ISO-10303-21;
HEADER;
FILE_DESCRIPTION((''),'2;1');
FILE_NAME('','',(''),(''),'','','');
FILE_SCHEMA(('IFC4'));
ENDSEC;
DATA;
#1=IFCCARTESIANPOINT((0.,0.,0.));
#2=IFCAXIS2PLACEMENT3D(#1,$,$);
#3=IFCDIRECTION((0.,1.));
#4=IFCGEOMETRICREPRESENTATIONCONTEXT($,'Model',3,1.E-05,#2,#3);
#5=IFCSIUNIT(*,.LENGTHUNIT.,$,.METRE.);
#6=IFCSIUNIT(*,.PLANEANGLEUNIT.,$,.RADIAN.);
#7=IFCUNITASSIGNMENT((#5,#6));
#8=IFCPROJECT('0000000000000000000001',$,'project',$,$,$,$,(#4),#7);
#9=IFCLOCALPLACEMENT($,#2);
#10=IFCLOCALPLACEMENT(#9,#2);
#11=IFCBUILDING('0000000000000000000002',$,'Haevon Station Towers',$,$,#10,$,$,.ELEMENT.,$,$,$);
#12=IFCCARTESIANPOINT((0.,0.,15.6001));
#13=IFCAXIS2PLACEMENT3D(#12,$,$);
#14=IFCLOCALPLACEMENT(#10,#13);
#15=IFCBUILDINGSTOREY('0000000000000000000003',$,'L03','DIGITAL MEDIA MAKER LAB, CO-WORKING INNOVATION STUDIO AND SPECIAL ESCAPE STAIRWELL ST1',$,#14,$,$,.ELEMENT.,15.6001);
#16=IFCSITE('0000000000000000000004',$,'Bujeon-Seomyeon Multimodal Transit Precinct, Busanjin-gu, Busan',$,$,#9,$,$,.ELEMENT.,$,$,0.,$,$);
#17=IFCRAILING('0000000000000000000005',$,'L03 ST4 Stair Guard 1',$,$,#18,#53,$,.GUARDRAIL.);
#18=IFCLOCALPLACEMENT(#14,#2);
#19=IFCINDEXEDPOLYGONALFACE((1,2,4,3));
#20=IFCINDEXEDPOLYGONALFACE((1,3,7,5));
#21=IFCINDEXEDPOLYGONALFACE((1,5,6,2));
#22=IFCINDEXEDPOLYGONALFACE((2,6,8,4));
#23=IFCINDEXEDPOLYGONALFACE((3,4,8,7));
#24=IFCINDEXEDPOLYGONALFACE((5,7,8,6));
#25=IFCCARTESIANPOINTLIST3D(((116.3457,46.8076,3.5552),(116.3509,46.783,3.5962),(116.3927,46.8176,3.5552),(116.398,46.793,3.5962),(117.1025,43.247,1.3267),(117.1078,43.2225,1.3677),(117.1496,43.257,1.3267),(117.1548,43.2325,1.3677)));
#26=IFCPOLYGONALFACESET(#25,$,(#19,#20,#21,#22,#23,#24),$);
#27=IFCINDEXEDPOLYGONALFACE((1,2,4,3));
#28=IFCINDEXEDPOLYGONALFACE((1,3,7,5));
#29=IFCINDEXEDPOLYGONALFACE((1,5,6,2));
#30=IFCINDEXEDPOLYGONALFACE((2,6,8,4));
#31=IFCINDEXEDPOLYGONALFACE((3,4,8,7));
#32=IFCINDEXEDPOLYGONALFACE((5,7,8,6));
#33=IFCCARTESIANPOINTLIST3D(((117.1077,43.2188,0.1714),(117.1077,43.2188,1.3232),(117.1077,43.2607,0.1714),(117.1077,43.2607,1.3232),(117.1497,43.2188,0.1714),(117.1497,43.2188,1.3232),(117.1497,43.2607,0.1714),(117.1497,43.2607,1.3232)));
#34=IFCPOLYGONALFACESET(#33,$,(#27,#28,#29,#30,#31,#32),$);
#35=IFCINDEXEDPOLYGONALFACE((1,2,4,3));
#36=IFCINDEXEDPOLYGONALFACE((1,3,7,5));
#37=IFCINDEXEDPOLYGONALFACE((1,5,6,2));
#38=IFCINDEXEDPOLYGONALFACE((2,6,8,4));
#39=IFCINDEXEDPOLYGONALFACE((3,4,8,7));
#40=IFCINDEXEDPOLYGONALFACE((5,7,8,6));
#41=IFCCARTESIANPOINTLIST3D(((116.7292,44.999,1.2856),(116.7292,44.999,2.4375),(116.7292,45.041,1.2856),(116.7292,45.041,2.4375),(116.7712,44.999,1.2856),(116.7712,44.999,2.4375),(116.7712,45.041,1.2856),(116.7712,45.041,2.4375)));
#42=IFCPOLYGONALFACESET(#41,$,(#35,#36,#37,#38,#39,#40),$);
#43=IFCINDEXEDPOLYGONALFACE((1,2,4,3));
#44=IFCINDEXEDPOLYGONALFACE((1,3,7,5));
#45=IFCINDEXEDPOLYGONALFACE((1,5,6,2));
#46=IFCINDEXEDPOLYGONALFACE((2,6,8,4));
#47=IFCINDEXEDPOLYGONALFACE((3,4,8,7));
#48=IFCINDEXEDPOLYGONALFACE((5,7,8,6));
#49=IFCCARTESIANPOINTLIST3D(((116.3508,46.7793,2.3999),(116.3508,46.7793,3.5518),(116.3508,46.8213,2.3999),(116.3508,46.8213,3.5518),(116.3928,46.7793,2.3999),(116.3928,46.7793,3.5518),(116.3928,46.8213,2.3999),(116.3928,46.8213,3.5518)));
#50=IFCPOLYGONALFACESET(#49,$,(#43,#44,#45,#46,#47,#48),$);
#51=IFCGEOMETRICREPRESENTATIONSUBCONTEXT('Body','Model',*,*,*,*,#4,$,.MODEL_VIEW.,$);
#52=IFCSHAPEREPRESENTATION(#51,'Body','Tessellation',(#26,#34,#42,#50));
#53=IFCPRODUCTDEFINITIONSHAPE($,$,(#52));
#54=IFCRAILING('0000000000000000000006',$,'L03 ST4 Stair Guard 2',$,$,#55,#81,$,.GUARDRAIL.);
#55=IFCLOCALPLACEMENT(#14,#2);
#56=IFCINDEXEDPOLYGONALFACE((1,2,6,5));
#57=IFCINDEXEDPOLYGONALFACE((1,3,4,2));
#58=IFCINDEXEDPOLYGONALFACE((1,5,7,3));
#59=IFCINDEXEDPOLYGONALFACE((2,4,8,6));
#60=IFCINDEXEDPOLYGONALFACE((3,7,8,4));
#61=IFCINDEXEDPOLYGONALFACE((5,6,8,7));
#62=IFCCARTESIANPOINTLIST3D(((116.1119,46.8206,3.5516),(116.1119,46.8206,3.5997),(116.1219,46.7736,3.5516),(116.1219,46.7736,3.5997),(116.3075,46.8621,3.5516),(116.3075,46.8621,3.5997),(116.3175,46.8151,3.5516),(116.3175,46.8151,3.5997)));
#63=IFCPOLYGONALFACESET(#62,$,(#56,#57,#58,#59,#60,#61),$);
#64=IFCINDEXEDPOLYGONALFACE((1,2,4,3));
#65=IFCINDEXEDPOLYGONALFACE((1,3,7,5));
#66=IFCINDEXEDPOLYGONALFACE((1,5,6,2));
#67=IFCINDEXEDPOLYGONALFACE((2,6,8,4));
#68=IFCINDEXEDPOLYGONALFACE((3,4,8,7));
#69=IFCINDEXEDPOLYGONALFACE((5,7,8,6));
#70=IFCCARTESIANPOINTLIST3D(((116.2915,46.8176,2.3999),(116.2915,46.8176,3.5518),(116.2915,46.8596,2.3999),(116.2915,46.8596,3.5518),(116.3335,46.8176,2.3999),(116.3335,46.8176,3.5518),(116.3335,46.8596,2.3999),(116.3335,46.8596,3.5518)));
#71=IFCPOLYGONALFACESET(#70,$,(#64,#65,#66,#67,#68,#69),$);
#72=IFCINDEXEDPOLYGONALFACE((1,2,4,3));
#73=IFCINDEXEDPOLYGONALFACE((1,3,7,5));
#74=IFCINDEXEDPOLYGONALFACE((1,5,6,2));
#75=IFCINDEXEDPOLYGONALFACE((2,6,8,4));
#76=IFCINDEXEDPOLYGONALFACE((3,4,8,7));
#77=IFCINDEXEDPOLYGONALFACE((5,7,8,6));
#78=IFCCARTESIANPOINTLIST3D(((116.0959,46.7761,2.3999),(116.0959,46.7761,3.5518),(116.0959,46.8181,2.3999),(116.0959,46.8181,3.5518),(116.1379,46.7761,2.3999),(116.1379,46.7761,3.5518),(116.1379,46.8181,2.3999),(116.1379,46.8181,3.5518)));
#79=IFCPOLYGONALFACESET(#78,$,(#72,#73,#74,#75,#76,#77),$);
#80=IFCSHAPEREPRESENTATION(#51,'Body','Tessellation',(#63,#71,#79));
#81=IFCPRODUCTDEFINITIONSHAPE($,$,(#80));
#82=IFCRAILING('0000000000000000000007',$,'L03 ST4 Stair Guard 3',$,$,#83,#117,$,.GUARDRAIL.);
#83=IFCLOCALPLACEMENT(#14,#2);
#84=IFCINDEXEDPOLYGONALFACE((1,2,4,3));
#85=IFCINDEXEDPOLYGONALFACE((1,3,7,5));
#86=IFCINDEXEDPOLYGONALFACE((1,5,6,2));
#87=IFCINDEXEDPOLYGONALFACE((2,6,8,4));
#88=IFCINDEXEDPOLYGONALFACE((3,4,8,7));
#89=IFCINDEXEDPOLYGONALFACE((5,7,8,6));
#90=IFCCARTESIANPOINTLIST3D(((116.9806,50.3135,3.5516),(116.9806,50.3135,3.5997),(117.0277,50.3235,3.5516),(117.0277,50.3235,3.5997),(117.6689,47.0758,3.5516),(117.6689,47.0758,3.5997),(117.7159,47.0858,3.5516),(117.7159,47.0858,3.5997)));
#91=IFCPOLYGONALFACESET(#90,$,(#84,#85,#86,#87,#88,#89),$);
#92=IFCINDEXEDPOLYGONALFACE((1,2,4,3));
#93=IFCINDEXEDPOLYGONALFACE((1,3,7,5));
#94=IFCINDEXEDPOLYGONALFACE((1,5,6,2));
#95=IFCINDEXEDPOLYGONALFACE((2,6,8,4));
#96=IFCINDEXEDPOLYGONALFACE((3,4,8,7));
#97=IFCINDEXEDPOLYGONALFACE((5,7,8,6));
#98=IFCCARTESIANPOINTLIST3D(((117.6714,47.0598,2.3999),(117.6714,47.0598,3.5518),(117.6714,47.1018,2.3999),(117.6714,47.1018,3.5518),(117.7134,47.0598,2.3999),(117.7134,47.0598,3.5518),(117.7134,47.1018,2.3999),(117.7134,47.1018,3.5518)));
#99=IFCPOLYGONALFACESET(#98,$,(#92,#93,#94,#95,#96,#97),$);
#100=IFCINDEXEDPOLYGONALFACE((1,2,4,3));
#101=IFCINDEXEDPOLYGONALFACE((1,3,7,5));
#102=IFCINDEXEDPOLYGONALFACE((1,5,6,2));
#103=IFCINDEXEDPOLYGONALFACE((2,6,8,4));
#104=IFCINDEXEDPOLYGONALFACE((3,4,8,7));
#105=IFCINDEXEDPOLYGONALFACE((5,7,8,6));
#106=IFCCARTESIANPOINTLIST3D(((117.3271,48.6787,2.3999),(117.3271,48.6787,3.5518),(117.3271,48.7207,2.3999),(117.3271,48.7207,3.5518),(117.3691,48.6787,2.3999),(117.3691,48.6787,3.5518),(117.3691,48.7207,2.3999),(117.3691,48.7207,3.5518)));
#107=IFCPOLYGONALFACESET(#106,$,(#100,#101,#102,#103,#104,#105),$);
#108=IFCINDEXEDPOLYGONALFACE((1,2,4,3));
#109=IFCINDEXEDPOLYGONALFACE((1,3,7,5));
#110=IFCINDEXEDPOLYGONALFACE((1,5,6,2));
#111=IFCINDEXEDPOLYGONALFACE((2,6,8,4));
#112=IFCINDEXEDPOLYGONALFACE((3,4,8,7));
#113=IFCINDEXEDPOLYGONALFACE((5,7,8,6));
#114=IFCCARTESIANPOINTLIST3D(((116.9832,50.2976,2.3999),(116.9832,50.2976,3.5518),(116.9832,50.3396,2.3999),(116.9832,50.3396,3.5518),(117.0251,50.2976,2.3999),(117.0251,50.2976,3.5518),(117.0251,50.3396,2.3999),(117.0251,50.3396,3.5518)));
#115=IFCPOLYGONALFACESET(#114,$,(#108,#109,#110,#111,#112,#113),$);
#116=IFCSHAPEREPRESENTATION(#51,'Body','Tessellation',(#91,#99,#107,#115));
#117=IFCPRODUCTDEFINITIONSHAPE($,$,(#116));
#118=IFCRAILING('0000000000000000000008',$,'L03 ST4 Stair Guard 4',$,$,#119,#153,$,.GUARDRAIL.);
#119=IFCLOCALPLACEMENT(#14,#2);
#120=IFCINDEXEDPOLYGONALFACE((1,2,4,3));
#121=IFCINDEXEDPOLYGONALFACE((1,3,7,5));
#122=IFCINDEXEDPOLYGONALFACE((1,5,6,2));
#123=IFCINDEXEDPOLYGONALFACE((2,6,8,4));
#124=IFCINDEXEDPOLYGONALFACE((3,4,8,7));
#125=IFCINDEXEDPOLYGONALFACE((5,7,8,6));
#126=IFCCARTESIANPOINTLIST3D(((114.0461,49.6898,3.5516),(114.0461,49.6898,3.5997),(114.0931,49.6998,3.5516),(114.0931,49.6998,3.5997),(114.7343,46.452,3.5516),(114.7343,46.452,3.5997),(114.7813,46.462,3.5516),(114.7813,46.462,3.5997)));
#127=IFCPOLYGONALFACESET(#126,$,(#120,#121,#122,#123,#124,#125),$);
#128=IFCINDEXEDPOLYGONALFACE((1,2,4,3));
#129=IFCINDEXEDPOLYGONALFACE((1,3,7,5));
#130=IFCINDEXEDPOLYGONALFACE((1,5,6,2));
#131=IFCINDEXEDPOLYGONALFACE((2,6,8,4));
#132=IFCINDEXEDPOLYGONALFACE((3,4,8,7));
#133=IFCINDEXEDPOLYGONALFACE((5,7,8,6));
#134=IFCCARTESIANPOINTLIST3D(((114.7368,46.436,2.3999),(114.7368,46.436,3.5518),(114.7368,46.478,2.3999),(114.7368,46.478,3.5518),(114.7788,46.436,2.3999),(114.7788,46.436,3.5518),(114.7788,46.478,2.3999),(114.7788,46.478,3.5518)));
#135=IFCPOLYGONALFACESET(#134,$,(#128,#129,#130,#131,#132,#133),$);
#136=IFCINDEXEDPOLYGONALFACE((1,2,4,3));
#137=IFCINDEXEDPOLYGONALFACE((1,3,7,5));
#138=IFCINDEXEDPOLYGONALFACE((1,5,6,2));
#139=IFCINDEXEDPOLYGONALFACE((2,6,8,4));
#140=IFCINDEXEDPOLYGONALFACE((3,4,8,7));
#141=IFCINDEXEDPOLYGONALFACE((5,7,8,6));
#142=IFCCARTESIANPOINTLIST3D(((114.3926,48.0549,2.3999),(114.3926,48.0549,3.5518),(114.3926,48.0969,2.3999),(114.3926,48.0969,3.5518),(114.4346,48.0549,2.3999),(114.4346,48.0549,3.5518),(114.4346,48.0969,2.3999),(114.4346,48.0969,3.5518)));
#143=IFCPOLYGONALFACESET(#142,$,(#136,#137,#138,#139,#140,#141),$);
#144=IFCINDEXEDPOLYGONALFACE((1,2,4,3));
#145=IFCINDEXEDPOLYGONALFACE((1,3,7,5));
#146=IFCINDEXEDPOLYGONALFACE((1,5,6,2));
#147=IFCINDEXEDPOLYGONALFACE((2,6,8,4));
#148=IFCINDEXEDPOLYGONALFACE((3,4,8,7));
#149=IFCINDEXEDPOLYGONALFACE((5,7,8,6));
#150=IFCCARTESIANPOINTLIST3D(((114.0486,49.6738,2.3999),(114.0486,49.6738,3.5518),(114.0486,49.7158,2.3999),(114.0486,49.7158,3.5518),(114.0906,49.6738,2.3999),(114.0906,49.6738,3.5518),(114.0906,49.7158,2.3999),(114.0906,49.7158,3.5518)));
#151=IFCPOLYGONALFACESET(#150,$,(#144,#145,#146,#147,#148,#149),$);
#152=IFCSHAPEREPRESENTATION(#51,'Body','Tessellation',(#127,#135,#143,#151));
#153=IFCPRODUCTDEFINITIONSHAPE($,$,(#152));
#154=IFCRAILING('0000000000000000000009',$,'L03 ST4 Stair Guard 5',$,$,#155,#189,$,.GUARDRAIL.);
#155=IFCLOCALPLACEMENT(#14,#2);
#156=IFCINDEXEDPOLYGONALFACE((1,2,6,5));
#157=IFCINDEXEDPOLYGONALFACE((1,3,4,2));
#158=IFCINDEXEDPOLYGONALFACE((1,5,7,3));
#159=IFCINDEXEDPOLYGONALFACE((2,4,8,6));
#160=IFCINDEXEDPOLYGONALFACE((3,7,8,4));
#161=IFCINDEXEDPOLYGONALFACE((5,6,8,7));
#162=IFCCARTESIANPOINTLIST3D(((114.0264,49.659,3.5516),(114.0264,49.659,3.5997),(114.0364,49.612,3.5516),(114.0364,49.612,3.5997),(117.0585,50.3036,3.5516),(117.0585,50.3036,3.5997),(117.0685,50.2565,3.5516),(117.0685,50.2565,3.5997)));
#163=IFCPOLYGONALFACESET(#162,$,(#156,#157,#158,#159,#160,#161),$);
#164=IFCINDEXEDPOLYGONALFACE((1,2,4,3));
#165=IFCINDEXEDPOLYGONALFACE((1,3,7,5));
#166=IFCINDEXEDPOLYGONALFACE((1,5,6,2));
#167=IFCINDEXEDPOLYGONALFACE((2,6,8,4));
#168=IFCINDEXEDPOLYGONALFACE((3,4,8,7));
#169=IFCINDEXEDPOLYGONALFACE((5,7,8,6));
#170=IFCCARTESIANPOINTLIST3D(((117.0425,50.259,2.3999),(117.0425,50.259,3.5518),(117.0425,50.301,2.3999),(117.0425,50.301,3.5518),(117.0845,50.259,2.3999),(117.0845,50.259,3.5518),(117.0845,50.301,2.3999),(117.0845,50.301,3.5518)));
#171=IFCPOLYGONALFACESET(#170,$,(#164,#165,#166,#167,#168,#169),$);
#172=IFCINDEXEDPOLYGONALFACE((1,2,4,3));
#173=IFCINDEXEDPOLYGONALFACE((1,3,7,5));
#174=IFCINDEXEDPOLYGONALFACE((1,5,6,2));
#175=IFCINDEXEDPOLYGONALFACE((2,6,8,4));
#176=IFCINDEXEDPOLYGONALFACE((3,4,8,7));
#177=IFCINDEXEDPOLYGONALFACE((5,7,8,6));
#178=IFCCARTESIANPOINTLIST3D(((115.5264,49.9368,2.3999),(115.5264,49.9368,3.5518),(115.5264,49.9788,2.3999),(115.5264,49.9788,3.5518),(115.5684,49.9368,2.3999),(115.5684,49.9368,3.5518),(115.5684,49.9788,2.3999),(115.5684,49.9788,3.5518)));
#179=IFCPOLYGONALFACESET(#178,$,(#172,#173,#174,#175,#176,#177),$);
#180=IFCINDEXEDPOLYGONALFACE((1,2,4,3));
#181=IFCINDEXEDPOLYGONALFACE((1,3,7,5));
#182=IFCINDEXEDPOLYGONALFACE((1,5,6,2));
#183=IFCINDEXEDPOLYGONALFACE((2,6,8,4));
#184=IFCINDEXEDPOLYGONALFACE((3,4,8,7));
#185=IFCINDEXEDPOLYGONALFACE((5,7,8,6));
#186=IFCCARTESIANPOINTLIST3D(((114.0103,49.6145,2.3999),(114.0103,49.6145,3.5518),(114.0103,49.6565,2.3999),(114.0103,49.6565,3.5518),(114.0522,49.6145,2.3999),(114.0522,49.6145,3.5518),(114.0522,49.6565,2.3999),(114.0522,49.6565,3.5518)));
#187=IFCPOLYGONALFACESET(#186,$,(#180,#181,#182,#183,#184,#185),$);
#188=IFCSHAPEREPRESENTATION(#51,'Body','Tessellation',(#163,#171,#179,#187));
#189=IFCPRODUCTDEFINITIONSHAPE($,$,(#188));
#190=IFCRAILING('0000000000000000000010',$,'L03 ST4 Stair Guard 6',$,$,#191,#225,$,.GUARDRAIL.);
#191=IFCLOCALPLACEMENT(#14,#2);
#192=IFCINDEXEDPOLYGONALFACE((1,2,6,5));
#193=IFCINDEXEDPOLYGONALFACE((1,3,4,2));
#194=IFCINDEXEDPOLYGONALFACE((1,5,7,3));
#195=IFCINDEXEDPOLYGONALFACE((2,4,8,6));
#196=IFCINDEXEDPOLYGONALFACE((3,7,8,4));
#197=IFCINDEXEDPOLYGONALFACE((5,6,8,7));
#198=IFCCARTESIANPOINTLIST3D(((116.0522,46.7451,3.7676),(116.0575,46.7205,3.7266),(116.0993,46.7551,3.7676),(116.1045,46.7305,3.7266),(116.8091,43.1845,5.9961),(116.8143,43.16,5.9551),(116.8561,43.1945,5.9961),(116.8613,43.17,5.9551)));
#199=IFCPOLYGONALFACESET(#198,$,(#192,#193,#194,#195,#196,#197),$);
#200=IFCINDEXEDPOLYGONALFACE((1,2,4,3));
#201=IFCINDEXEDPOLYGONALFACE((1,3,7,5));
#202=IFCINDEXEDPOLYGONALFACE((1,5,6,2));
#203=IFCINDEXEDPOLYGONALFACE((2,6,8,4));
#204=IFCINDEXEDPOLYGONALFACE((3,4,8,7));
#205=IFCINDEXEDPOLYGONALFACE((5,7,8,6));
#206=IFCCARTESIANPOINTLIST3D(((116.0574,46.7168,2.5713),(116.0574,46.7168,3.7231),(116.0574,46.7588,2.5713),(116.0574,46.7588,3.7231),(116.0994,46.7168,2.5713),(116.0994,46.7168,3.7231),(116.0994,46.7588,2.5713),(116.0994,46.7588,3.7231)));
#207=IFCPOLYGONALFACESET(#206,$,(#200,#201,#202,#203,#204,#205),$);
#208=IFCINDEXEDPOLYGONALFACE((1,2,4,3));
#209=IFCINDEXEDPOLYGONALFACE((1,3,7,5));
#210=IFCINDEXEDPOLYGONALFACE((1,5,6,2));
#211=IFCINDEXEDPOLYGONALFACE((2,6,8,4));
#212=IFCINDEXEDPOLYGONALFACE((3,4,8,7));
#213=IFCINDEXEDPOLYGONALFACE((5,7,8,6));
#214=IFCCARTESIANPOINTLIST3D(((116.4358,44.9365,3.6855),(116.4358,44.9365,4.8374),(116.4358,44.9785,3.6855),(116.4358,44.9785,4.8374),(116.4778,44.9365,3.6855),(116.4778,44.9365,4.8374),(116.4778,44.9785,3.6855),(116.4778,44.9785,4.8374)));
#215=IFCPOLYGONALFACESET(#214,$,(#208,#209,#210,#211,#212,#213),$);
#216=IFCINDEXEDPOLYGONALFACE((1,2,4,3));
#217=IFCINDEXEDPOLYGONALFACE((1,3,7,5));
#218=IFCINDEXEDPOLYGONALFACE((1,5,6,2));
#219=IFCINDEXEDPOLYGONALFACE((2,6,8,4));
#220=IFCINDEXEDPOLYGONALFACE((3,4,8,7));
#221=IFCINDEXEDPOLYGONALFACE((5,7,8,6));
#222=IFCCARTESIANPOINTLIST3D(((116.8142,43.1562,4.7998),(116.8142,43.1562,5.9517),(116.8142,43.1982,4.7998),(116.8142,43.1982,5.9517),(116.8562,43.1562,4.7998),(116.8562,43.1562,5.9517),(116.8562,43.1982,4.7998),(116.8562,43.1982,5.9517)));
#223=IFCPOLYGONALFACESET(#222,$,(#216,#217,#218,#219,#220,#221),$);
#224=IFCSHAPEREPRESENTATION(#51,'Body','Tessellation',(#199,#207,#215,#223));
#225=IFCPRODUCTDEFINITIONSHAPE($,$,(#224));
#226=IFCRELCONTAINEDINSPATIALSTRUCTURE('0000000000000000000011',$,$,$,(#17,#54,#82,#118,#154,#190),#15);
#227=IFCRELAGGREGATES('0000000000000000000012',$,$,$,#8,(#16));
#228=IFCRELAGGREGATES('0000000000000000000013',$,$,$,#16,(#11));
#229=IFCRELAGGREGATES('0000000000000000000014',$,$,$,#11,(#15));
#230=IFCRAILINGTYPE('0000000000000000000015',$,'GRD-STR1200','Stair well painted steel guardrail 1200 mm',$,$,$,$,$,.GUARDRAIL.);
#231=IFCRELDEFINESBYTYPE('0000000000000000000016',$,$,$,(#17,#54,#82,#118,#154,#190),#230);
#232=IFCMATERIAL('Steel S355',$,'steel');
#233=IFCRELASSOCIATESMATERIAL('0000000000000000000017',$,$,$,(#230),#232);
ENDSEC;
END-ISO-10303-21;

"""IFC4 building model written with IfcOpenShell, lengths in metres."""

from ifc_helpers import new_model, si_unit, direction, frame, origin, origin_2d, place, context, subcontext, project, spatial, rectangle, extrude, material, type_object, element, save


model = new_model("IFC4")

# Units and contexts
model_context = context("Model", 3, precision=1e-05, world=origin(), true_north=direction((0.0, 1.0)))
body_context = subcontext(model_context, "Body", "Model", "MODEL_VIEW")
ifc_project = project(units=[si_unit("LENGTHUNIT", "METRE"), si_unit("PLANEANGLEUNIT", "RADIAN")], contexts=[model_context])

# Site, building, storey
site_placement = place(None, origin())
site = spatial("IfcSite", under=ifc_project, at=site_placement, Name="Bujeon-Seomyeon Multimodal Transit Precinct, Busanjin-gu, Busan", CompositionType="ELEMENT", RefElevation=0.0)
building_placement = place(site_placement, origin())
building = spatial("IfcBuilding", under=site, at=building_placement, Name="Haevon Station Towers", CompositionType="ELEMENT")
storey_placement = place(building_placement, frame((0.0, 0.0, 15.6001)))
storey = spatial("IfcBuildingStorey", under=building, at=storey_placement, Name="L03", Description="DIGITAL MEDIA MAKER LAB, CO-WORKING INNOVATION STUDIO AND SPECIAL ESCAPE STAIRWELL ST1", CompositionType="ELEMENT", Elevation=15.6001)

# Shared definitions
ifc_material_1 = material(Name="Steel S355", Category="steel")

# Railings
railing_type_1 = type_object("IfcRailingType", Name="GRD-STR1200", Description="Stair well painted steel guardrail 1200 mm", PredefinedType="GUARDRAIL", material=ifc_material_1)
railing_1_placement = place(storey_placement, frame((117.1287, 43.2397, 0.1714)))
element("IfcRailing", 1, at=railing_1_placement, inside=storey, type_object=railing_type_1, Name="L03 ST4 Stair Guard 1", PredefinedType="GUARDRAIL", context=body_context, shape_type="SweptSolid", body=[
    extrude(rectangle(XDim=0.0481, YDim=0.0481, at=origin_2d()), frame((0.0, 0.0, 1.1758), z_axis=(-0.177324, 0.834225, 0.522134), x_axis=(-0.978147, -0.207917, 0.0)), (0.0, 0.0, 1.0), 4.2681),
    extrude(rectangle(XDim=0.042, YDim=0.042, at=origin_2d()), origin(), (0.0, 0.0, 1.0), 1.1519),
    extrude(rectangle(XDim=0.042, YDim=0.042, at=origin_2d()), frame((-0.3784, 1.7803, 1.1143)), (0.0, 0.0, 1.0), 1.1519),
    extrude(rectangle(XDim=0.042, YDim=0.042, at=origin_2d()), frame((-0.7568, 3.5605, 2.2285)), (0.0, 0.0, 1.0), 1.1519),
])
railing_2_placement = place(storey_placement, frame((116.3125, 46.8386, 2.3999)))
element("IfcRailing", 2, at=railing_2_placement, inside=storey, type_object=railing_type_1, Name="L03 ST4 Stair Guard 2", PredefinedType="GUARDRAIL", context=body_context, shape_type="SweptSolid", body=[
    extrude(rectangle(XDim=0.0481, YDim=0.0481, at=origin_2d()), frame((0.0, 0.0, 1.1758), z_axis=(-0.978212, -0.20761, 0.0), x_axis=(0.20761, -0.978212, 0.0)), (0.0, 0.0, 1.0), 0.2),
    extrude(rectangle(XDim=0.042, YDim=0.042, at=origin_2d()), origin(), (0.0, 0.0, 1.0), 1.1519),
    extrude(rectangle(XDim=0.042, YDim=0.042, at=origin_2d()), frame((-0.1956, -0.0415, 0.0)), (0.0, 0.0, 1.0), 1.1519),
])
for number, where, name in (
    (3, (117.6924, 47.0808, 2.3999), "L03 ST4 Stair Guard 3"),
    (4, (114.7578, 46.457, 2.3999), "L03 ST4 Stair Guard 4"),
):
    element("IfcRailing", number, at=place(storey_placement, frame(where)), inside=storey, type_object=railing_type_1, Name=name, PredefinedType="GUARDRAIL", context=body_context, shape_type="SweptSolid", body=[
        extrude(rectangle(XDim=0.0481, YDim=0.0481, at=origin_2d()), frame((0.0, 0.0, 1.1758), z_axis=(-0.207917, 0.978146, 0.0), x_axis=(-0.978146, -0.207917, 0.0)), (0.0, 0.0, 1.0), 3.3101),
        extrude(rectangle(XDim=0.042, YDim=0.042, at=origin_2d()), origin(), (0.0, 0.0, 1.0), 1.1519),
        extrude(rectangle(XDim=0.042, YDim=0.042, at=origin_2d()), frame((-0.3442, 1.6189, 0.0)), (0.0, 0.0, 1.0), 1.1519),
        extrude(rectangle(XDim=0.042, YDim=0.042, at=origin_2d()), frame((-0.6882, 3.2378, 0.0)), (0.0, 0.0, 1.0), 1.1519),
    ])
railing_3_placement = place(storey_placement, frame((117.0635, 50.28, 2.3999)))
element("IfcRailing", 5, at=railing_3_placement, inside=storey, type_object=railing_type_1, Name="L03 ST4 Stair Guard 5", PredefinedType="GUARDRAIL", context=body_context, shape_type="SweptSolid", body=[
    extrude(rectangle(XDim=0.0481, YDim=0.0481, at=origin_2d()), frame((0.0, 0.0, 1.1758), z_axis=(-0.978147, -0.207915, 0.0), x_axis=(0.207915, -0.978147, 0.0)), (0.0, 0.0, 1.0), 3.0999),
    extrude(rectangle(XDim=0.042, YDim=0.042, at=origin_2d()), origin(), (0.0, 0.0, 1.0), 1.1519),
    extrude(rectangle(XDim=0.042, YDim=0.042, at=origin_2d()), frame((-1.5161, -0.3223, 0.0)), (0.0, 0.0, 1.0), 1.1519),
    extrude(rectangle(XDim=0.042, YDim=0.042, at=origin_2d()), frame((-3.0322, -0.6445, 0.0)), (0.0, 0.0, 1.0), 1.1519),
])
railing_4_placement = place(storey_placement, frame((116.0784, 46.7378, 2.5713)))
element("IfcRailing", 6, at=railing_4_placement, inside=storey, type_object=railing_type_1, Name="L03 ST4 Stair Guard 6", PredefinedType="GUARDRAIL", context=body_context, shape_type="SweptSolid", body=[
    extrude(rectangle(XDim=0.0481, YDim=0.0481, at=origin_2d()), frame((0.0, 0.0, 1.1758), z_axis=(0.177324, -0.834225, 0.522134), x_axis=(0.978147, 0.207917, 0.0)), (0.0, 0.0, 1.0), 4.2681),
    extrude(rectangle(XDim=0.042, YDim=0.042, at=origin_2d()), origin(), (0.0, 0.0, 1.0), 1.1519),
    extrude(rectangle(XDim=0.042, YDim=0.042, at=origin_2d()), frame((0.3784, -1.7803, 1.1143)), (0.0, 0.0, 1.0), 1.1519),
    extrude(rectangle(XDim=0.042, YDim=0.042, at=origin_2d()), frame((0.7568, -3.5605, 2.2285)), (0.0, 0.0, 1.0), 1.1519),
])

save(model, "model.ifc")
